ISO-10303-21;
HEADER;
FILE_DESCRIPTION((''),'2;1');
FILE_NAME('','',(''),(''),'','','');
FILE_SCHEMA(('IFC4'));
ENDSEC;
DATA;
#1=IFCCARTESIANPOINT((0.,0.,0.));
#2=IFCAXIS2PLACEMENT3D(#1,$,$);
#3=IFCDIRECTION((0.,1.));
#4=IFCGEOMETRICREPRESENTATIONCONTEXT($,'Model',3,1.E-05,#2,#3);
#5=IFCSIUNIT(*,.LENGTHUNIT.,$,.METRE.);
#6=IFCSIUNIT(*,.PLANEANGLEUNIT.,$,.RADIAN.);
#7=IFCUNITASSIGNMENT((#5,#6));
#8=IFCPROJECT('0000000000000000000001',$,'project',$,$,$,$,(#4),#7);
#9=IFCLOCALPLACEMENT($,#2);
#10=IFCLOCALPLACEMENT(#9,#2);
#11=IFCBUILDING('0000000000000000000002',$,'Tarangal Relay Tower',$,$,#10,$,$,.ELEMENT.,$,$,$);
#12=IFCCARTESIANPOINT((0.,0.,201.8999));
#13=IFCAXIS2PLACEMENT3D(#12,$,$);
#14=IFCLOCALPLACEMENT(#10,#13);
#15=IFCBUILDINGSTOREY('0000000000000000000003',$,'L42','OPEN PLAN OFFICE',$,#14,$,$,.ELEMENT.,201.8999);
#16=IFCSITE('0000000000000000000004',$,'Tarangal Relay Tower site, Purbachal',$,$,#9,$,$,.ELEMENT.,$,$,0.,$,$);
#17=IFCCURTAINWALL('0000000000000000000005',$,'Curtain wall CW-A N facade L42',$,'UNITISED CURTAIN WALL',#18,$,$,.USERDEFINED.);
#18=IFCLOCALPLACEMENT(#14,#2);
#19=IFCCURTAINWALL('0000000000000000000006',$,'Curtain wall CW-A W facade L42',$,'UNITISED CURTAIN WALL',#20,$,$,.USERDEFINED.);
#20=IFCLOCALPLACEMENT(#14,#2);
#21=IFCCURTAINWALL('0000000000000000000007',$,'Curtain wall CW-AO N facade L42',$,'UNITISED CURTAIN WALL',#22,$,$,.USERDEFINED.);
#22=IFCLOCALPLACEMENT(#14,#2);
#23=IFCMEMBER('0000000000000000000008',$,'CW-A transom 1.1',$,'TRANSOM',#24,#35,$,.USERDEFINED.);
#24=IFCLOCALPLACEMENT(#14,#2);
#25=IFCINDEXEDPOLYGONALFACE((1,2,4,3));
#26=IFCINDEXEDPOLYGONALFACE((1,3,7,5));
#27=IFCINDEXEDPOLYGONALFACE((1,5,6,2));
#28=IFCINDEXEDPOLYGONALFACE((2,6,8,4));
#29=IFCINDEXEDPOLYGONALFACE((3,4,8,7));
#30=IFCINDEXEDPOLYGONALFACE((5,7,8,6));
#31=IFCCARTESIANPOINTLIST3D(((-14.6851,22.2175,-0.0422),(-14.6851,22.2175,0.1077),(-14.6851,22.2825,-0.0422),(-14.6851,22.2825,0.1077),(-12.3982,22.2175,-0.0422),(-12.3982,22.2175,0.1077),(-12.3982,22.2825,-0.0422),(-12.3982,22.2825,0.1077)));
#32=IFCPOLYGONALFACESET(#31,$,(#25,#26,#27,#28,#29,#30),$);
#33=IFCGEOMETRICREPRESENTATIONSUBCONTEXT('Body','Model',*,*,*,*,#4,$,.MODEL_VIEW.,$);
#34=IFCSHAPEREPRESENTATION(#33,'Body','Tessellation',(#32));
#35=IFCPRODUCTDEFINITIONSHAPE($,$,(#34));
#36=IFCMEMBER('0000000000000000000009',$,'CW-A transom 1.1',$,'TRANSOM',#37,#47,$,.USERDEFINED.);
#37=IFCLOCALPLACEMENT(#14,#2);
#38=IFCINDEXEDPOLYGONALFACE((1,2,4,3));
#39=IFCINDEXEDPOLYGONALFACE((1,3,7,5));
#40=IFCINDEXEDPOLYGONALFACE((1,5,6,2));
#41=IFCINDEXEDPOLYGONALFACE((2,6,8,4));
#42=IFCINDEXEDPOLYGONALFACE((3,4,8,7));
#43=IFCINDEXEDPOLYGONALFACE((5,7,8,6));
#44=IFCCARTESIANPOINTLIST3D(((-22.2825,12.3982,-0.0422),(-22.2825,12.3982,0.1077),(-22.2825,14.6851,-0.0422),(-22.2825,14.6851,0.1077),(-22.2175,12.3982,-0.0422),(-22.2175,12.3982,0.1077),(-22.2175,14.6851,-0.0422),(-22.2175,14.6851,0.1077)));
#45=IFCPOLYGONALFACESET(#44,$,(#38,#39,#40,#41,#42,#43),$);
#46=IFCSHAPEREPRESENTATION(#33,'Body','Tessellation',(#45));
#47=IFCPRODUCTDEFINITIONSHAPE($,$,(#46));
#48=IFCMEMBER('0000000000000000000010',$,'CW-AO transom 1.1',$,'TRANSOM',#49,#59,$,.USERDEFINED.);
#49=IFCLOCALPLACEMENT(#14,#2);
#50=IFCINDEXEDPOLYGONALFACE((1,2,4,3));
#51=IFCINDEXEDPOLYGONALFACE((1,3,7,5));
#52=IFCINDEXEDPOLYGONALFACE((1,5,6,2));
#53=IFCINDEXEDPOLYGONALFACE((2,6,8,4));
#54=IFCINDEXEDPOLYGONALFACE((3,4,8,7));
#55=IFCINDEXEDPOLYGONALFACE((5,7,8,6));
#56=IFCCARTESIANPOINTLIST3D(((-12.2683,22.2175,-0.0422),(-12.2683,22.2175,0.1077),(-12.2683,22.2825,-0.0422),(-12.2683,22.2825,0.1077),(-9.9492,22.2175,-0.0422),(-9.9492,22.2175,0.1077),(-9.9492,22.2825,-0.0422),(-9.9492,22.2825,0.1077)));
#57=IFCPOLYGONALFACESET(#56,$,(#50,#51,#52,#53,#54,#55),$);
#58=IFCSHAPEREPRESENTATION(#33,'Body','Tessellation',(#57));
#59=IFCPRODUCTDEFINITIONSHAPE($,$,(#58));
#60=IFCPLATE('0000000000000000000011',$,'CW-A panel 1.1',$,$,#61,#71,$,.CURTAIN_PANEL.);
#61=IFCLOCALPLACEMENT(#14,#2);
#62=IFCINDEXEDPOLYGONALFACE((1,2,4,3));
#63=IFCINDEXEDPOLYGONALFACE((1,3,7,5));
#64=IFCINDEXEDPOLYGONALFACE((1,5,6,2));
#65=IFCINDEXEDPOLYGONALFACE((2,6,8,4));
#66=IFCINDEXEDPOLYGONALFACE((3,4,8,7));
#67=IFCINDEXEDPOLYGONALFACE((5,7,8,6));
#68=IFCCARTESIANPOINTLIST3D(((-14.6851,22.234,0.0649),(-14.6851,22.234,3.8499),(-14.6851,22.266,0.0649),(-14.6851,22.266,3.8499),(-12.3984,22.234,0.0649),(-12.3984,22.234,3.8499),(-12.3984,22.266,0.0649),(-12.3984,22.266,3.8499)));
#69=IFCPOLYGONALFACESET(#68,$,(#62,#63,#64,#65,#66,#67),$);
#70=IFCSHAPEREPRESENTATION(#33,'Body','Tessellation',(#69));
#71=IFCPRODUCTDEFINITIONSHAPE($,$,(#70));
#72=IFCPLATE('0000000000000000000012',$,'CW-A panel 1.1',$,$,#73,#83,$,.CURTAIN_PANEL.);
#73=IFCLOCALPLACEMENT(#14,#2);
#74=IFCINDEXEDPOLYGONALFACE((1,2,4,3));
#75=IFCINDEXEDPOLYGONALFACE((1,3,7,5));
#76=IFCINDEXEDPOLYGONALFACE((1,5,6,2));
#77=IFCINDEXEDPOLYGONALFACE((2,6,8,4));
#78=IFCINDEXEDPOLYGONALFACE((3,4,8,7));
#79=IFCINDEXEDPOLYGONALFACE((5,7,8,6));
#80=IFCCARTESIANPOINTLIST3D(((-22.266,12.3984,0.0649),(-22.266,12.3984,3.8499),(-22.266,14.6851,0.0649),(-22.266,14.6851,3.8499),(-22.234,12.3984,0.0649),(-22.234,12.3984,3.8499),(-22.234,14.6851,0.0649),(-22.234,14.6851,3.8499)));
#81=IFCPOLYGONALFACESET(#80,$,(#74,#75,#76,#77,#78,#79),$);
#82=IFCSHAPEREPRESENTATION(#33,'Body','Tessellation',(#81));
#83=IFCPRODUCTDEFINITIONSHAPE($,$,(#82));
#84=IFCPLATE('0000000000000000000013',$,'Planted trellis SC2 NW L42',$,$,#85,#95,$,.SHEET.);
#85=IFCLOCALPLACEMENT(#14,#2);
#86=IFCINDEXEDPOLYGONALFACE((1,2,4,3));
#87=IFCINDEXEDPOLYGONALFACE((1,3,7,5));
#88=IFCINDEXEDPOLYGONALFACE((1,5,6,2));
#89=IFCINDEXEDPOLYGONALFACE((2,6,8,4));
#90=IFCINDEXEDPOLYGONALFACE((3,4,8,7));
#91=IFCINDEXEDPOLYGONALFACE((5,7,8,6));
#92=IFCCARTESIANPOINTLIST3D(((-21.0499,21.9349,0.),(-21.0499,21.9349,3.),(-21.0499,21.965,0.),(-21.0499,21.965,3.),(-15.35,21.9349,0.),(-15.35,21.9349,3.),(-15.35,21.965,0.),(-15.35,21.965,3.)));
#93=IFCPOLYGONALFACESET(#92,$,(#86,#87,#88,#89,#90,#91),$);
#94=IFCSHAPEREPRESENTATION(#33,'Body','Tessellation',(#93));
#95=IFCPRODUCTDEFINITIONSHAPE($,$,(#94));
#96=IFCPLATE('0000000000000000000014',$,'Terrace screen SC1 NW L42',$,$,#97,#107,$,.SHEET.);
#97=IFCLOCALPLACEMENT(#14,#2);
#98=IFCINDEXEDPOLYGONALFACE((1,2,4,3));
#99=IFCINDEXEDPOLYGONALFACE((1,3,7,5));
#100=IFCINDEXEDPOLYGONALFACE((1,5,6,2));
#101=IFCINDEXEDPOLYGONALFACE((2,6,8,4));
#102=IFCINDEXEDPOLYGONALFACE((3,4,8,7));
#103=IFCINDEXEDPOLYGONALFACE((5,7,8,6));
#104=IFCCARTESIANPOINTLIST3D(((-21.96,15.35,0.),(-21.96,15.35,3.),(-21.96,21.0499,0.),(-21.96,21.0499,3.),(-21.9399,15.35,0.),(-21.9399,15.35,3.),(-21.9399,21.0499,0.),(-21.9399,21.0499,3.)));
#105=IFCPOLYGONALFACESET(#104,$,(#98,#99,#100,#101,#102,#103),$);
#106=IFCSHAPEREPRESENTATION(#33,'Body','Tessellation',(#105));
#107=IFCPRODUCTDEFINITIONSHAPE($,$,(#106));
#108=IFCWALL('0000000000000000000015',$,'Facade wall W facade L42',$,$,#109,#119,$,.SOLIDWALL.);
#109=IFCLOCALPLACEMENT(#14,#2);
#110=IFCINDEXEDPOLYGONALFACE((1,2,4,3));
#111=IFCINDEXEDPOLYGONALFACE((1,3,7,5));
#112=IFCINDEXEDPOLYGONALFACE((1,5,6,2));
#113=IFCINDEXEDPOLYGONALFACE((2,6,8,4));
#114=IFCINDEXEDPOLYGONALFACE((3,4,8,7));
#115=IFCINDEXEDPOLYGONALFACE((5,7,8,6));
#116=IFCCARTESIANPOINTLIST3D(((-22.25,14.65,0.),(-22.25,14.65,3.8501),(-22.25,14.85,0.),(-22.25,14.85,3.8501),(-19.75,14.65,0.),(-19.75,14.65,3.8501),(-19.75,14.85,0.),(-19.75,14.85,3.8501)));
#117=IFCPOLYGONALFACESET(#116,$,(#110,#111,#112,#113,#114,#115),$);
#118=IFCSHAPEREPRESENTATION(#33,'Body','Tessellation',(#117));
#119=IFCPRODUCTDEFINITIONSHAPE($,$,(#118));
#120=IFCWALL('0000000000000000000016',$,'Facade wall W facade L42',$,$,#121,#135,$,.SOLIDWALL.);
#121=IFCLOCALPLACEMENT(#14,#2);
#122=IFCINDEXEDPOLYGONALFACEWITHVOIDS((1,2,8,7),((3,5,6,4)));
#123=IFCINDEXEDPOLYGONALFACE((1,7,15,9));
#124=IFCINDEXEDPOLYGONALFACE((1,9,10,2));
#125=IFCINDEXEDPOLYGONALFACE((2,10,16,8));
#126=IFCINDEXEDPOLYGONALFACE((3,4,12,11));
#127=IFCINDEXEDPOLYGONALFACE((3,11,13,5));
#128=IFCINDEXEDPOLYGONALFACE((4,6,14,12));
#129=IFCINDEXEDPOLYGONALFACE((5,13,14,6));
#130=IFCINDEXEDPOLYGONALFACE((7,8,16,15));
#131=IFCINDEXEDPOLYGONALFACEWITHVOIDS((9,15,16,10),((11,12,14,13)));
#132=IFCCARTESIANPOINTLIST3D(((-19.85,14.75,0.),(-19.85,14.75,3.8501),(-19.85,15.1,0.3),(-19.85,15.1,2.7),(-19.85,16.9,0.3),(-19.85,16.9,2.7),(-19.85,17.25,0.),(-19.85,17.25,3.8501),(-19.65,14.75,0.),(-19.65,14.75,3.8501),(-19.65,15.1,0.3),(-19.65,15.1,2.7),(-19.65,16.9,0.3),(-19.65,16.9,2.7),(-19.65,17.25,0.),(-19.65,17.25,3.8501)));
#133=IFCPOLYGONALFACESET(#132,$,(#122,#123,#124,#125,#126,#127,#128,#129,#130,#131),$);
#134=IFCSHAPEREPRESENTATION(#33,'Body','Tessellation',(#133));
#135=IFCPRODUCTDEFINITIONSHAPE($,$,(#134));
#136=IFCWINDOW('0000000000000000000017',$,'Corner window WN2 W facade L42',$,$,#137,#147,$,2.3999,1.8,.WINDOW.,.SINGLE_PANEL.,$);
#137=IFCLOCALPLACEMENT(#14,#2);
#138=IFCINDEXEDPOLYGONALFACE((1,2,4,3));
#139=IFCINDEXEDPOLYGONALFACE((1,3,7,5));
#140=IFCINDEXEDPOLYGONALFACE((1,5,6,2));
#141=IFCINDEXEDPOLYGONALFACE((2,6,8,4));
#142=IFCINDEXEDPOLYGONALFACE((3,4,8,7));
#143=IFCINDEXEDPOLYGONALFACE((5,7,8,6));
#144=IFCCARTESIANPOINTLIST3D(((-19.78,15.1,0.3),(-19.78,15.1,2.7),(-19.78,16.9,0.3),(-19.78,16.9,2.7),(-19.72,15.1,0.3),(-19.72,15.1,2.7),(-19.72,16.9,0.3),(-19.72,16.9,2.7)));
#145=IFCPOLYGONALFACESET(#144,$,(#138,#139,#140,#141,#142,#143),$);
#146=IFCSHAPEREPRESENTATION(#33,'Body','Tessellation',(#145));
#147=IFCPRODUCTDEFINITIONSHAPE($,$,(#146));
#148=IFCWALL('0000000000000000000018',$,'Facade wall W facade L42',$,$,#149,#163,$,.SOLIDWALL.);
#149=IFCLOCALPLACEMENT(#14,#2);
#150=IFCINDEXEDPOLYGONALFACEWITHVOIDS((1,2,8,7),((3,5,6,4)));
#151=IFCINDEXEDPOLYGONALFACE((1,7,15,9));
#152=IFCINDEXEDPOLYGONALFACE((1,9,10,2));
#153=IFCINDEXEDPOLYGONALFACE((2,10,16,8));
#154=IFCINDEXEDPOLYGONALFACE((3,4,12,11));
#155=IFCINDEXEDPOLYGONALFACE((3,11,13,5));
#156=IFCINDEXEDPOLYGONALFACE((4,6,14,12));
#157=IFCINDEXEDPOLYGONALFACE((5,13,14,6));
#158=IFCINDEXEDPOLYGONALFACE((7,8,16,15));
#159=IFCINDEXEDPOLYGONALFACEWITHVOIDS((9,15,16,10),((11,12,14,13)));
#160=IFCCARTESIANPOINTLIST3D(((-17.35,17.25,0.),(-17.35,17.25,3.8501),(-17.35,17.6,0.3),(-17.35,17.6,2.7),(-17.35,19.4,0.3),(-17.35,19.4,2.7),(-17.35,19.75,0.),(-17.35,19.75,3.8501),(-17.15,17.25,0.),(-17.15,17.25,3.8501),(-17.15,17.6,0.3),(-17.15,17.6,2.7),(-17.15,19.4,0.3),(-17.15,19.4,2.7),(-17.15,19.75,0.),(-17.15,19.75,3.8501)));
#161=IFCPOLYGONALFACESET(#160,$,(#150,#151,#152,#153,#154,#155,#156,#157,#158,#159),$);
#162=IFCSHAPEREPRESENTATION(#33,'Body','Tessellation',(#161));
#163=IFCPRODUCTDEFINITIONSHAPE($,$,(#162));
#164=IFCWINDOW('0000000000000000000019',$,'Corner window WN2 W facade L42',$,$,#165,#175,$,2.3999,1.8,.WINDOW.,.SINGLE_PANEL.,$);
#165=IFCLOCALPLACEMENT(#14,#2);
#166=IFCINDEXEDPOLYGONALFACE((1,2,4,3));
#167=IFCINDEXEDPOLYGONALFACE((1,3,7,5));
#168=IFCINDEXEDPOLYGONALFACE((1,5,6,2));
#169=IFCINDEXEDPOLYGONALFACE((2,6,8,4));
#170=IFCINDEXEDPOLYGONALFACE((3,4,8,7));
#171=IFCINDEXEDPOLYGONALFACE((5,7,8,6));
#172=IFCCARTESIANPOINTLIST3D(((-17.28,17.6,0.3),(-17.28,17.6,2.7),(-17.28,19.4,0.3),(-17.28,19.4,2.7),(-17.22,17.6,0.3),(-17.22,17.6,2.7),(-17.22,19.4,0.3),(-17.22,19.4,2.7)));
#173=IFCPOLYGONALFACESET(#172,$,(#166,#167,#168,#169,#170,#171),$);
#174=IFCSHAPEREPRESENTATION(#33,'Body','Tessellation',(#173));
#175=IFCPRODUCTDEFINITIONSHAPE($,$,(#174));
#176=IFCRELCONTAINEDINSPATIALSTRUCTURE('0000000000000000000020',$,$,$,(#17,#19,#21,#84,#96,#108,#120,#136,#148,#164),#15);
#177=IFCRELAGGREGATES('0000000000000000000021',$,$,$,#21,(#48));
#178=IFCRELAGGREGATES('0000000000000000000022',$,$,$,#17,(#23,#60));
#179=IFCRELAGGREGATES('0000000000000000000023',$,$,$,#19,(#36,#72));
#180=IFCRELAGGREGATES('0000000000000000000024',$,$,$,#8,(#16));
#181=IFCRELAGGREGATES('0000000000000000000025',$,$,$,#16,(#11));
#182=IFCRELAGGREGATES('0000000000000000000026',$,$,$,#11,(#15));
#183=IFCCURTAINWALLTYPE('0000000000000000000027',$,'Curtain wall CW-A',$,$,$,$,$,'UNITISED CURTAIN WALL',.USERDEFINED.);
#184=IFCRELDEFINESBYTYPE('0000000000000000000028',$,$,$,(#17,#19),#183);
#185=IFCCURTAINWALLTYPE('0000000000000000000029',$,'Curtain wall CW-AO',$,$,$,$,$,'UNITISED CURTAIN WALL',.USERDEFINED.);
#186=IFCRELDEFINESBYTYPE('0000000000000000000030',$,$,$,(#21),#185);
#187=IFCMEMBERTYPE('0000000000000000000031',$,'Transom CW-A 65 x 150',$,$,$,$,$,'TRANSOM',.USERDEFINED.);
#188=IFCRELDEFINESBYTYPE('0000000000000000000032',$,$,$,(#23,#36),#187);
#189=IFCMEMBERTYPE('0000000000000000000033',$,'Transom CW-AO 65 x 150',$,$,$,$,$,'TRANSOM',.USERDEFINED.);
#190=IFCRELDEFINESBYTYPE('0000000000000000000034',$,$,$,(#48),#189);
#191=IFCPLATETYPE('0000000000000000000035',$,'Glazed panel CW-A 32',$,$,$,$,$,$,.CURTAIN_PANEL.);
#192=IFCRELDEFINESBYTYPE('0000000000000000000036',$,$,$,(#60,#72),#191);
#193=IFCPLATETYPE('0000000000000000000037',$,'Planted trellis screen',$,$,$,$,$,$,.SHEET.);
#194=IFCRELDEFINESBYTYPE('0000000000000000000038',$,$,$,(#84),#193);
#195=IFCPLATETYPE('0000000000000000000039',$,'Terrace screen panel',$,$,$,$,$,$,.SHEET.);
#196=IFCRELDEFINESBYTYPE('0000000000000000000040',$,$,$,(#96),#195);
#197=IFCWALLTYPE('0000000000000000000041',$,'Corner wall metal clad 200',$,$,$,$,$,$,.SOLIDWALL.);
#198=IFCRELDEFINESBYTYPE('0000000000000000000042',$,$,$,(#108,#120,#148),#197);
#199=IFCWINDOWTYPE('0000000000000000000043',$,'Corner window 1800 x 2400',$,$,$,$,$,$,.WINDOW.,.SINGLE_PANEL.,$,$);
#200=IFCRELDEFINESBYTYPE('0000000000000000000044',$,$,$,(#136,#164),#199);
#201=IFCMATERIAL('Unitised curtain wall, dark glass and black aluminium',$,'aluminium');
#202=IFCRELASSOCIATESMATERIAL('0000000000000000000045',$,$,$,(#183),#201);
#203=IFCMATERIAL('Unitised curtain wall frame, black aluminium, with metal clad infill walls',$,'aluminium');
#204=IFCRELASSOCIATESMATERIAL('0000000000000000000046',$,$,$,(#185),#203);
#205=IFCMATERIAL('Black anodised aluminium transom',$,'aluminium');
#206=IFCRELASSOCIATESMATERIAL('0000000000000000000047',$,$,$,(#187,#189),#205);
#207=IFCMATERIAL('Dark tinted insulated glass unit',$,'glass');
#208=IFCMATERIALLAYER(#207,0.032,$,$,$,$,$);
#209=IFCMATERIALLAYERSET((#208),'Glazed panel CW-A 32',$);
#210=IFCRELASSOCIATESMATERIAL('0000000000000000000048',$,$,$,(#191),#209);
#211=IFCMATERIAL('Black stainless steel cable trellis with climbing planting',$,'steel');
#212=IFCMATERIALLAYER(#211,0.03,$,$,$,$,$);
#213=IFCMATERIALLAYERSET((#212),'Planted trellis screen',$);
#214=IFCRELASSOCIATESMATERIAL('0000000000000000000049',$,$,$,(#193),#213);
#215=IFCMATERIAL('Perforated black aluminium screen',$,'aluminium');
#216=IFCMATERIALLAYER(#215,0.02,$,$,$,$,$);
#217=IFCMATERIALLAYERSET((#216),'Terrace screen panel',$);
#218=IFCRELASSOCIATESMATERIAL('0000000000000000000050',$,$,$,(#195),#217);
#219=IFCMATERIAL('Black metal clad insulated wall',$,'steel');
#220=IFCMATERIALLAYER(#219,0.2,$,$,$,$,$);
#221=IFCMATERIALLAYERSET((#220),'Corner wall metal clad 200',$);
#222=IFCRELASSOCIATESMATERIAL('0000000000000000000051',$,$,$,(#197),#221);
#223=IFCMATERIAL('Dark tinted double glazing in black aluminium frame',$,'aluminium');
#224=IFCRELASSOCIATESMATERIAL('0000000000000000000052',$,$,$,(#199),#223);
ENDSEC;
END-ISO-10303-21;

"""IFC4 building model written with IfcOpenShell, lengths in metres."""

from ifc_helpers import new_model, si_unit, direction, frame, frame_2d, origin, origin_2d, place, context, subcontext, project, spatial, rectangle, extrude, material, layer, layer_set, material_profile, profile_set, type_object, element, fill, aggregate, save


model = new_model("IFC4")

# Units and contexts
model_context = context("Model", 3, precision=1e-05, world=origin(), true_north=direction((0.0, 1.0)))
body_context = subcontext(model_context, "Body", "Model", "MODEL_VIEW")
ifc_project = project(units=[si_unit("LENGTHUNIT", "METRE"), si_unit("PLANEANGLEUNIT", "RADIAN")], contexts=[model_context])

# Site, building, storey
site_placement = place(None, origin())
site = spatial("IfcSite", under=ifc_project, at=site_placement, Name="Tarangal Relay Tower site, Purbachal", CompositionType="ELEMENT", RefElevation=0.0)
building_placement = place(site_placement, origin())
building = spatial("IfcBuilding", under=site, at=building_placement, Name="Tarangal Relay Tower", CompositionType="ELEMENT")
storey_placement = place(building_placement, frame((0.0, 0.0, 201.8999)))
storey = spatial("IfcBuildingStorey", under=building, at=storey_placement, Name="L42", Description="OPEN PLAN OFFICE", CompositionType="ELEMENT", Elevation=201.8999)

# Curtain walls
ifc_material_1 = material(Name="Unitised curtain wall, dark glass and black aluminium", Category="aluminium")
curtain_wall_type_1 = type_object("IfcCurtainWallType", Name="Curtain wall CW-A", ElementType="UNITISED CURTAIN WALL", PredefinedType="USERDEFINED", material=ifc_material_1)
curtain_wall_1_placement = place(storey_placement, origin())
curtain_wall_1 = element("IfcCurtainWall", 1, at=curtain_wall_1_placement, inside=storey, type_object=curtain_wall_type_1, Name="Curtain wall CW-A N facade L42", ObjectType="UNITISED CURTAIN WALL", PredefinedType="USERDEFINED")
curtain_wall_2_placement = place(storey_placement, origin())
curtain_wall_2 = element("IfcCurtainWall", 2, at=curtain_wall_2_placement, inside=storey, type_object=curtain_wall_type_1, Name="Curtain wall CW-A W facade L42", ObjectType="UNITISED CURTAIN WALL", PredefinedType="USERDEFINED")

# Curtain wall
ifc_material_2 = material(Name="Unitised curtain wall frame, black aluminium, with metal clad infill walls", Category="aluminium")
curtain_wall_type_2 = type_object("IfcCurtainWallType", Name="Curtain wall CW-AO", ElementType="UNITISED CURTAIN WALL", PredefinedType="USERDEFINED", material=ifc_material_2)
curtain_wall_3_placement = place(storey_placement, origin())
curtain_wall_3 = element("IfcCurtainWall", 3, at=curtain_wall_3_placement, inside=storey, type_object=curtain_wall_type_2, Name="Curtain wall CW-AO N facade L42", ObjectType="UNITISED CURTAIN WALL", PredefinedType="USERDEFINED")

# Members
ifc_material_3 = material(Name="Black anodised aluminium transom", Category="aluminium")
ifc_material_profile_1 = material_profile(ifc_material_3, rectangle(XDim=0.0649, YDim=0.1499, at=origin_2d()), Name="CW-AT 65X150")
ifc_profile_set_1 = profile_set([ifc_material_profile_1], Name="Black anodised aluminium transom")
member_type_1 = type_object("IfcMemberType", Name="Transom CW-A 65 x 150", ElementType="TRANSOM", PredefinedType="USERDEFINED", material=ifc_profile_set_1)
member_1_placement = place(storey_placement, frame((-14.6851, 22.25, 0.0327), z_axis=(1.0, 0.0, 0.0), x_axis=(0.0, 1.0, 0.0)))
member_1 = element("IfcMember", 4, at=member_1_placement, type_object=member_type_1, Name="CW-A transom 1.1", ObjectType="TRANSOM", PredefinedType="USERDEFINED", context=body_context, shape_type="SweptSolid", body=[
    extrude(rectangle(XDim=0.0649, YDim=0.1499, at=origin_2d()), origin(), (0.0, 0.0, 1.0), 2.2869),
])
member_2_placement = place(storey_placement, frame((-22.25, 12.3982, 0.0327), z_axis=(0.0, 1.0, 0.0), x_axis=(-1.0, 0.0, 0.0)))
member_2 = element("IfcMember", 5, at=member_2_placement, type_object=member_type_1, Name="CW-A transom 1.1", ObjectType="TRANSOM", PredefinedType="USERDEFINED", context=body_context, shape_type="SweptSolid", body=[
    extrude(rectangle(XDim=0.0649, YDim=0.1499, at=origin_2d()), origin(), (0.0, 0.0, 1.0), 2.2869),
])
ifc_material_profile_2 = material_profile(ifc_material_3, rectangle(XDim=0.0649, YDim=0.1499, at=origin_2d()), Name="CW-AOT 65X150")
ifc_profile_set_2 = profile_set([ifc_material_profile_2], Name="Black anodised aluminium transom")
member_type_2 = type_object("IfcMemberType", Name="Transom CW-AO 65 x 150", ElementType="TRANSOM", PredefinedType="USERDEFINED", material=ifc_profile_set_2)
member_3_placement = place(storey_placement, frame((-12.2683, 22.25, 0.0327), z_axis=(1.0, 0.0, 0.0), x_axis=(0.0, 1.0, 0.0)))
member_3 = element("IfcMember", 6, at=member_3_placement, type_object=member_type_2, Name="CW-AO transom 1.1", ObjectType="TRANSOM", PredefinedType="USERDEFINED", context=body_context, shape_type="SweptSolid", body=[
    extrude(rectangle(XDim=0.0649, YDim=0.1499, at=origin_2d()), origin(), (0.0, 0.0, 1.0), 2.3191),
])
aggregate(curtain_wall_3, [member_3])

# Plates
ifc_material_4 = material(Name="Dark tinted insulated glass unit", Category="glass")
ifc_layer_1 = layer(ifc_material_4, 0.032)
ifc_layer_set_1 = layer_set([ifc_layer_1], Name="Glazed panel CW-A 32")
plate_type_1 = type_object("IfcPlateType", Name="Glazed panel CW-A 32", PredefinedType="CURTAIN_PANEL", material=ifc_layer_set_1)
plate_1_placement = place(storey_placement, frame((-13.5417, 22.25, 0.0649), z_axis=(0.0, 0.0, 1.0), x_axis=(1.0, 0.0, 0.0)))
plate_1 = element("IfcPlate", 7, at=plate_1_placement, type_object=plate_type_1, Name="CW-A panel 1.1", PredefinedType="CURTAIN_PANEL", context=body_context, shape_type="SweptSolid", body=[
    extrude(rectangle(XDim=2.2866, YDim=0.032, at=origin_2d()), origin(), (0.0, 0.0, 1.0), 3.7849),
])
aggregate(curtain_wall_1, [member_1, plate_1])
plate_2_placement = place(storey_placement, frame((-22.25, 13.5417, 0.0649), z_axis=(0.0, 0.0, 1.0), x_axis=(0.0, 1.0, 0.0)))
plate_2 = element("IfcPlate", 8, at=plate_2_placement, type_object=plate_type_1, Name="CW-A panel 1.1", PredefinedType="CURTAIN_PANEL", context=body_context, shape_type="SweptSolid", body=[
    extrude(rectangle(XDim=2.2866, YDim=0.032, at=origin_2d()), origin(), (0.0, 0.0, 1.0), 3.7849),
])
aggregate(curtain_wall_2, [member_2, plate_2])

# Plates
ifc_material_5 = material(Name="Black stainless steel cable trellis with climbing planting", Category="steel")
ifc_layer_2 = layer(ifc_material_5, 0.03)
ifc_layer_set_2 = layer_set([ifc_layer_2], Name="Planted trellis screen")
plate_type_2 = type_object("IfcPlateType", Name="Planted trellis screen", PredefinedType="SHEET", material=ifc_layer_set_2)
plate_3_placement = place(storey_placement, frame((-18.2, 21.95, 0.0), z_axis=(0.0, 0.0, 1.0), x_axis=(1.0, 0.0, 0.0)))
element("IfcPlate", 9, at=plate_3_placement, inside=storey, type_object=plate_type_2, Name="Planted trellis SC2 NW L42", PredefinedType="SHEET", context=body_context, shape_type="SweptSolid", body=[
    extrude(rectangle(XDim=5.7, YDim=0.03, at=origin_2d()), origin(), (0.0, 0.0, 1.0), 3.0),
])
ifc_material_6 = material(Name="Perforated black aluminium screen", Category="aluminium")
ifc_layer_3 = layer(ifc_material_6, 0.02)
ifc_layer_set_3 = layer_set([ifc_layer_3], Name="Terrace screen panel")
plate_type_3 = type_object("IfcPlateType", Name="Terrace screen panel", PredefinedType="SHEET", material=ifc_layer_set_3)
plate_4_placement = place(storey_placement, frame((-21.95, 18.2, 0.0), z_axis=(0.0, 0.0, 1.0), x_axis=(0.0, 1.0, 0.0)))
element("IfcPlate", 10, at=plate_4_placement, inside=storey, type_object=plate_type_3, Name="Terrace screen SC1 NW L42", PredefinedType="SHEET", context=body_context, shape_type="SweptSolid", body=[
    extrude(rectangle(XDim=5.7, YDim=0.02, at=origin_2d()), origin(), (0.0, 0.0, 1.0), 3.0),
])

# Wall
ifc_material_7 = material(Name="Black metal clad insulated wall", Category="steel")
ifc_layer_4 = layer(ifc_material_7, 0.2)
ifc_layer_set_4 = layer_set([ifc_layer_4], Name="Corner wall metal clad 200")
wall_type_1 = type_object("IfcWallType", Name="Corner wall metal clad 200", PredefinedType="SOLIDWALL", material=ifc_layer_set_4)
wall_1_placement = place(storey_placement, frame((-22.25, 14.75, 0.0), z_axis=(0.0, 0.0, 1.0), x_axis=(1.0, 0.0, 0.0)))
element("IfcWall", 11, at=wall_1_placement, inside=storey, type_object=wall_type_1, Name="Facade wall W facade L42", PredefinedType="SOLIDWALL", context=body_context, shape_type="SweptSolid", body=[
    extrude(rectangle(XDim=2.5, YDim=0.2, at=frame_2d((1.25, 0.0))), origin(), (0.0, 0.0, 1.0), 3.8501),
])

# Wall, opening, window
wall_2_placement = place(storey_placement, frame((-19.75, 14.75, 0.0), z_axis=(0.0, 0.0, 1.0), x_axis=(0.0, 1.0, 0.0)))
wall_2 = element("IfcWall", 12, at=wall_2_placement, inside=storey, type_object=wall_type_1, Name="Facade wall W facade L42", PredefinedType="SOLIDWALL", context=body_context, shape_type="SweptSolid", body=[
    extrude(rectangle(XDim=2.5, YDim=0.2, at=frame_2d((1.25, 0.0))), origin(), (0.0, 0.0, 1.0), 3.8501),
])
opening_1_placement = place(wall_2_placement, frame((0.3501, 0.0, 0.3)))
opening_1 = element("IfcOpeningElement", 13, at=opening_1_placement, cuts=wall_2, PredefinedType="OPENING", context=body_context, shape_type="SweptSolid", body=[
    extrude(rectangle(XDim=1.8, YDim=2.3999, at=frame_2d((0.8999, 1.2))), frame((0.0, 0.1099, 0.0), z_axis=(0.0, -1.0, 0.0), x_axis=(1.0, 0.0, 0.0)), (0.0, 0.0, 1.0), 0.22),
])
ifc_material_8 = material(Name="Dark tinted double glazing in black aluminium frame", Category="aluminium")
window_type = type_object("IfcWindowType", Name="Corner window 1800 x 2400", PartitioningType="SINGLE_PANEL", PredefinedType="WINDOW", material=ifc_material_8)
window_1_placement = place(opening_1_placement, origin())
window_1 = element("IfcWindow", 14, at=window_1_placement, inside=storey, type_object=window_type, Name="Corner window WN2 W facade L42", OverallHeight=2.3999, OverallWidth=1.8, PartitioningType="SINGLE_PANEL", PredefinedType="WINDOW", context=body_context, shape_type="SweptSolid", body=[
    extrude(rectangle(XDim=1.8, YDim=2.3999, at=frame_2d((0.8999, 1.2))), frame((0.0, 0.03, 0.0), z_axis=(0.0, -1.0, 0.0), x_axis=(1.0, 0.0, 0.0)), (0.0, 0.0, 1.0), 0.0601),
])
fill(opening_1, window_1)

# Wall, opening, window
wall_3_placement = place(storey_placement, frame((-17.25, 17.25, 0.0), z_axis=(0.0, 0.0, 1.0), x_axis=(0.0, 1.0, 0.0)))
wall_3 = element("IfcWall", 15, at=wall_3_placement, inside=storey, type_object=wall_type_1, Name="Facade wall W facade L42", PredefinedType="SOLIDWALL", context=body_context, shape_type="SweptSolid", body=[
    extrude(rectangle(XDim=2.5, YDim=0.2, at=frame_2d((1.25, 0.0))), origin(), (0.0, 0.0, 1.0), 3.8501),
])
opening_2_placement = place(wall_3_placement, frame((0.3501, 0.0, 0.3)))
opening_2 = element("IfcOpeningElement", 16, at=opening_2_placement, cuts=wall_3, PredefinedType="OPENING", context=body_context, shape_type="SweptSolid", body=[
    extrude(rectangle(XDim=1.8, YDim=2.3999, at=frame_2d((0.8999, 1.2))), frame((0.0, 0.1099, 0.0), z_axis=(0.0, -1.0, 0.0), x_axis=(1.0, 0.0, 0.0)), (0.0, 0.0, 1.0), 0.22),
])
window_2_placement = place(opening_2_placement, origin())
window_2 = element("IfcWindow", 17, at=window_2_placement, inside=storey, type_object=window_type, Name="Corner window WN2 W facade L42", OverallHeight=2.3999, OverallWidth=1.8, PartitioningType="SINGLE_PANEL", PredefinedType="WINDOW", context=body_context, shape_type="SweptSolid", body=[
    extrude(rectangle(XDim=1.8, YDim=2.3999, at=frame_2d((0.8999, 1.2))), frame((0.0, 0.03, 0.0), z_axis=(0.0, -1.0, 0.0), x_axis=(1.0, 0.0, 0.0)), (0.0, 0.0, 1.0), 0.0601),
])
fill(opening_2, window_2)

save(model, "model.ifc")
